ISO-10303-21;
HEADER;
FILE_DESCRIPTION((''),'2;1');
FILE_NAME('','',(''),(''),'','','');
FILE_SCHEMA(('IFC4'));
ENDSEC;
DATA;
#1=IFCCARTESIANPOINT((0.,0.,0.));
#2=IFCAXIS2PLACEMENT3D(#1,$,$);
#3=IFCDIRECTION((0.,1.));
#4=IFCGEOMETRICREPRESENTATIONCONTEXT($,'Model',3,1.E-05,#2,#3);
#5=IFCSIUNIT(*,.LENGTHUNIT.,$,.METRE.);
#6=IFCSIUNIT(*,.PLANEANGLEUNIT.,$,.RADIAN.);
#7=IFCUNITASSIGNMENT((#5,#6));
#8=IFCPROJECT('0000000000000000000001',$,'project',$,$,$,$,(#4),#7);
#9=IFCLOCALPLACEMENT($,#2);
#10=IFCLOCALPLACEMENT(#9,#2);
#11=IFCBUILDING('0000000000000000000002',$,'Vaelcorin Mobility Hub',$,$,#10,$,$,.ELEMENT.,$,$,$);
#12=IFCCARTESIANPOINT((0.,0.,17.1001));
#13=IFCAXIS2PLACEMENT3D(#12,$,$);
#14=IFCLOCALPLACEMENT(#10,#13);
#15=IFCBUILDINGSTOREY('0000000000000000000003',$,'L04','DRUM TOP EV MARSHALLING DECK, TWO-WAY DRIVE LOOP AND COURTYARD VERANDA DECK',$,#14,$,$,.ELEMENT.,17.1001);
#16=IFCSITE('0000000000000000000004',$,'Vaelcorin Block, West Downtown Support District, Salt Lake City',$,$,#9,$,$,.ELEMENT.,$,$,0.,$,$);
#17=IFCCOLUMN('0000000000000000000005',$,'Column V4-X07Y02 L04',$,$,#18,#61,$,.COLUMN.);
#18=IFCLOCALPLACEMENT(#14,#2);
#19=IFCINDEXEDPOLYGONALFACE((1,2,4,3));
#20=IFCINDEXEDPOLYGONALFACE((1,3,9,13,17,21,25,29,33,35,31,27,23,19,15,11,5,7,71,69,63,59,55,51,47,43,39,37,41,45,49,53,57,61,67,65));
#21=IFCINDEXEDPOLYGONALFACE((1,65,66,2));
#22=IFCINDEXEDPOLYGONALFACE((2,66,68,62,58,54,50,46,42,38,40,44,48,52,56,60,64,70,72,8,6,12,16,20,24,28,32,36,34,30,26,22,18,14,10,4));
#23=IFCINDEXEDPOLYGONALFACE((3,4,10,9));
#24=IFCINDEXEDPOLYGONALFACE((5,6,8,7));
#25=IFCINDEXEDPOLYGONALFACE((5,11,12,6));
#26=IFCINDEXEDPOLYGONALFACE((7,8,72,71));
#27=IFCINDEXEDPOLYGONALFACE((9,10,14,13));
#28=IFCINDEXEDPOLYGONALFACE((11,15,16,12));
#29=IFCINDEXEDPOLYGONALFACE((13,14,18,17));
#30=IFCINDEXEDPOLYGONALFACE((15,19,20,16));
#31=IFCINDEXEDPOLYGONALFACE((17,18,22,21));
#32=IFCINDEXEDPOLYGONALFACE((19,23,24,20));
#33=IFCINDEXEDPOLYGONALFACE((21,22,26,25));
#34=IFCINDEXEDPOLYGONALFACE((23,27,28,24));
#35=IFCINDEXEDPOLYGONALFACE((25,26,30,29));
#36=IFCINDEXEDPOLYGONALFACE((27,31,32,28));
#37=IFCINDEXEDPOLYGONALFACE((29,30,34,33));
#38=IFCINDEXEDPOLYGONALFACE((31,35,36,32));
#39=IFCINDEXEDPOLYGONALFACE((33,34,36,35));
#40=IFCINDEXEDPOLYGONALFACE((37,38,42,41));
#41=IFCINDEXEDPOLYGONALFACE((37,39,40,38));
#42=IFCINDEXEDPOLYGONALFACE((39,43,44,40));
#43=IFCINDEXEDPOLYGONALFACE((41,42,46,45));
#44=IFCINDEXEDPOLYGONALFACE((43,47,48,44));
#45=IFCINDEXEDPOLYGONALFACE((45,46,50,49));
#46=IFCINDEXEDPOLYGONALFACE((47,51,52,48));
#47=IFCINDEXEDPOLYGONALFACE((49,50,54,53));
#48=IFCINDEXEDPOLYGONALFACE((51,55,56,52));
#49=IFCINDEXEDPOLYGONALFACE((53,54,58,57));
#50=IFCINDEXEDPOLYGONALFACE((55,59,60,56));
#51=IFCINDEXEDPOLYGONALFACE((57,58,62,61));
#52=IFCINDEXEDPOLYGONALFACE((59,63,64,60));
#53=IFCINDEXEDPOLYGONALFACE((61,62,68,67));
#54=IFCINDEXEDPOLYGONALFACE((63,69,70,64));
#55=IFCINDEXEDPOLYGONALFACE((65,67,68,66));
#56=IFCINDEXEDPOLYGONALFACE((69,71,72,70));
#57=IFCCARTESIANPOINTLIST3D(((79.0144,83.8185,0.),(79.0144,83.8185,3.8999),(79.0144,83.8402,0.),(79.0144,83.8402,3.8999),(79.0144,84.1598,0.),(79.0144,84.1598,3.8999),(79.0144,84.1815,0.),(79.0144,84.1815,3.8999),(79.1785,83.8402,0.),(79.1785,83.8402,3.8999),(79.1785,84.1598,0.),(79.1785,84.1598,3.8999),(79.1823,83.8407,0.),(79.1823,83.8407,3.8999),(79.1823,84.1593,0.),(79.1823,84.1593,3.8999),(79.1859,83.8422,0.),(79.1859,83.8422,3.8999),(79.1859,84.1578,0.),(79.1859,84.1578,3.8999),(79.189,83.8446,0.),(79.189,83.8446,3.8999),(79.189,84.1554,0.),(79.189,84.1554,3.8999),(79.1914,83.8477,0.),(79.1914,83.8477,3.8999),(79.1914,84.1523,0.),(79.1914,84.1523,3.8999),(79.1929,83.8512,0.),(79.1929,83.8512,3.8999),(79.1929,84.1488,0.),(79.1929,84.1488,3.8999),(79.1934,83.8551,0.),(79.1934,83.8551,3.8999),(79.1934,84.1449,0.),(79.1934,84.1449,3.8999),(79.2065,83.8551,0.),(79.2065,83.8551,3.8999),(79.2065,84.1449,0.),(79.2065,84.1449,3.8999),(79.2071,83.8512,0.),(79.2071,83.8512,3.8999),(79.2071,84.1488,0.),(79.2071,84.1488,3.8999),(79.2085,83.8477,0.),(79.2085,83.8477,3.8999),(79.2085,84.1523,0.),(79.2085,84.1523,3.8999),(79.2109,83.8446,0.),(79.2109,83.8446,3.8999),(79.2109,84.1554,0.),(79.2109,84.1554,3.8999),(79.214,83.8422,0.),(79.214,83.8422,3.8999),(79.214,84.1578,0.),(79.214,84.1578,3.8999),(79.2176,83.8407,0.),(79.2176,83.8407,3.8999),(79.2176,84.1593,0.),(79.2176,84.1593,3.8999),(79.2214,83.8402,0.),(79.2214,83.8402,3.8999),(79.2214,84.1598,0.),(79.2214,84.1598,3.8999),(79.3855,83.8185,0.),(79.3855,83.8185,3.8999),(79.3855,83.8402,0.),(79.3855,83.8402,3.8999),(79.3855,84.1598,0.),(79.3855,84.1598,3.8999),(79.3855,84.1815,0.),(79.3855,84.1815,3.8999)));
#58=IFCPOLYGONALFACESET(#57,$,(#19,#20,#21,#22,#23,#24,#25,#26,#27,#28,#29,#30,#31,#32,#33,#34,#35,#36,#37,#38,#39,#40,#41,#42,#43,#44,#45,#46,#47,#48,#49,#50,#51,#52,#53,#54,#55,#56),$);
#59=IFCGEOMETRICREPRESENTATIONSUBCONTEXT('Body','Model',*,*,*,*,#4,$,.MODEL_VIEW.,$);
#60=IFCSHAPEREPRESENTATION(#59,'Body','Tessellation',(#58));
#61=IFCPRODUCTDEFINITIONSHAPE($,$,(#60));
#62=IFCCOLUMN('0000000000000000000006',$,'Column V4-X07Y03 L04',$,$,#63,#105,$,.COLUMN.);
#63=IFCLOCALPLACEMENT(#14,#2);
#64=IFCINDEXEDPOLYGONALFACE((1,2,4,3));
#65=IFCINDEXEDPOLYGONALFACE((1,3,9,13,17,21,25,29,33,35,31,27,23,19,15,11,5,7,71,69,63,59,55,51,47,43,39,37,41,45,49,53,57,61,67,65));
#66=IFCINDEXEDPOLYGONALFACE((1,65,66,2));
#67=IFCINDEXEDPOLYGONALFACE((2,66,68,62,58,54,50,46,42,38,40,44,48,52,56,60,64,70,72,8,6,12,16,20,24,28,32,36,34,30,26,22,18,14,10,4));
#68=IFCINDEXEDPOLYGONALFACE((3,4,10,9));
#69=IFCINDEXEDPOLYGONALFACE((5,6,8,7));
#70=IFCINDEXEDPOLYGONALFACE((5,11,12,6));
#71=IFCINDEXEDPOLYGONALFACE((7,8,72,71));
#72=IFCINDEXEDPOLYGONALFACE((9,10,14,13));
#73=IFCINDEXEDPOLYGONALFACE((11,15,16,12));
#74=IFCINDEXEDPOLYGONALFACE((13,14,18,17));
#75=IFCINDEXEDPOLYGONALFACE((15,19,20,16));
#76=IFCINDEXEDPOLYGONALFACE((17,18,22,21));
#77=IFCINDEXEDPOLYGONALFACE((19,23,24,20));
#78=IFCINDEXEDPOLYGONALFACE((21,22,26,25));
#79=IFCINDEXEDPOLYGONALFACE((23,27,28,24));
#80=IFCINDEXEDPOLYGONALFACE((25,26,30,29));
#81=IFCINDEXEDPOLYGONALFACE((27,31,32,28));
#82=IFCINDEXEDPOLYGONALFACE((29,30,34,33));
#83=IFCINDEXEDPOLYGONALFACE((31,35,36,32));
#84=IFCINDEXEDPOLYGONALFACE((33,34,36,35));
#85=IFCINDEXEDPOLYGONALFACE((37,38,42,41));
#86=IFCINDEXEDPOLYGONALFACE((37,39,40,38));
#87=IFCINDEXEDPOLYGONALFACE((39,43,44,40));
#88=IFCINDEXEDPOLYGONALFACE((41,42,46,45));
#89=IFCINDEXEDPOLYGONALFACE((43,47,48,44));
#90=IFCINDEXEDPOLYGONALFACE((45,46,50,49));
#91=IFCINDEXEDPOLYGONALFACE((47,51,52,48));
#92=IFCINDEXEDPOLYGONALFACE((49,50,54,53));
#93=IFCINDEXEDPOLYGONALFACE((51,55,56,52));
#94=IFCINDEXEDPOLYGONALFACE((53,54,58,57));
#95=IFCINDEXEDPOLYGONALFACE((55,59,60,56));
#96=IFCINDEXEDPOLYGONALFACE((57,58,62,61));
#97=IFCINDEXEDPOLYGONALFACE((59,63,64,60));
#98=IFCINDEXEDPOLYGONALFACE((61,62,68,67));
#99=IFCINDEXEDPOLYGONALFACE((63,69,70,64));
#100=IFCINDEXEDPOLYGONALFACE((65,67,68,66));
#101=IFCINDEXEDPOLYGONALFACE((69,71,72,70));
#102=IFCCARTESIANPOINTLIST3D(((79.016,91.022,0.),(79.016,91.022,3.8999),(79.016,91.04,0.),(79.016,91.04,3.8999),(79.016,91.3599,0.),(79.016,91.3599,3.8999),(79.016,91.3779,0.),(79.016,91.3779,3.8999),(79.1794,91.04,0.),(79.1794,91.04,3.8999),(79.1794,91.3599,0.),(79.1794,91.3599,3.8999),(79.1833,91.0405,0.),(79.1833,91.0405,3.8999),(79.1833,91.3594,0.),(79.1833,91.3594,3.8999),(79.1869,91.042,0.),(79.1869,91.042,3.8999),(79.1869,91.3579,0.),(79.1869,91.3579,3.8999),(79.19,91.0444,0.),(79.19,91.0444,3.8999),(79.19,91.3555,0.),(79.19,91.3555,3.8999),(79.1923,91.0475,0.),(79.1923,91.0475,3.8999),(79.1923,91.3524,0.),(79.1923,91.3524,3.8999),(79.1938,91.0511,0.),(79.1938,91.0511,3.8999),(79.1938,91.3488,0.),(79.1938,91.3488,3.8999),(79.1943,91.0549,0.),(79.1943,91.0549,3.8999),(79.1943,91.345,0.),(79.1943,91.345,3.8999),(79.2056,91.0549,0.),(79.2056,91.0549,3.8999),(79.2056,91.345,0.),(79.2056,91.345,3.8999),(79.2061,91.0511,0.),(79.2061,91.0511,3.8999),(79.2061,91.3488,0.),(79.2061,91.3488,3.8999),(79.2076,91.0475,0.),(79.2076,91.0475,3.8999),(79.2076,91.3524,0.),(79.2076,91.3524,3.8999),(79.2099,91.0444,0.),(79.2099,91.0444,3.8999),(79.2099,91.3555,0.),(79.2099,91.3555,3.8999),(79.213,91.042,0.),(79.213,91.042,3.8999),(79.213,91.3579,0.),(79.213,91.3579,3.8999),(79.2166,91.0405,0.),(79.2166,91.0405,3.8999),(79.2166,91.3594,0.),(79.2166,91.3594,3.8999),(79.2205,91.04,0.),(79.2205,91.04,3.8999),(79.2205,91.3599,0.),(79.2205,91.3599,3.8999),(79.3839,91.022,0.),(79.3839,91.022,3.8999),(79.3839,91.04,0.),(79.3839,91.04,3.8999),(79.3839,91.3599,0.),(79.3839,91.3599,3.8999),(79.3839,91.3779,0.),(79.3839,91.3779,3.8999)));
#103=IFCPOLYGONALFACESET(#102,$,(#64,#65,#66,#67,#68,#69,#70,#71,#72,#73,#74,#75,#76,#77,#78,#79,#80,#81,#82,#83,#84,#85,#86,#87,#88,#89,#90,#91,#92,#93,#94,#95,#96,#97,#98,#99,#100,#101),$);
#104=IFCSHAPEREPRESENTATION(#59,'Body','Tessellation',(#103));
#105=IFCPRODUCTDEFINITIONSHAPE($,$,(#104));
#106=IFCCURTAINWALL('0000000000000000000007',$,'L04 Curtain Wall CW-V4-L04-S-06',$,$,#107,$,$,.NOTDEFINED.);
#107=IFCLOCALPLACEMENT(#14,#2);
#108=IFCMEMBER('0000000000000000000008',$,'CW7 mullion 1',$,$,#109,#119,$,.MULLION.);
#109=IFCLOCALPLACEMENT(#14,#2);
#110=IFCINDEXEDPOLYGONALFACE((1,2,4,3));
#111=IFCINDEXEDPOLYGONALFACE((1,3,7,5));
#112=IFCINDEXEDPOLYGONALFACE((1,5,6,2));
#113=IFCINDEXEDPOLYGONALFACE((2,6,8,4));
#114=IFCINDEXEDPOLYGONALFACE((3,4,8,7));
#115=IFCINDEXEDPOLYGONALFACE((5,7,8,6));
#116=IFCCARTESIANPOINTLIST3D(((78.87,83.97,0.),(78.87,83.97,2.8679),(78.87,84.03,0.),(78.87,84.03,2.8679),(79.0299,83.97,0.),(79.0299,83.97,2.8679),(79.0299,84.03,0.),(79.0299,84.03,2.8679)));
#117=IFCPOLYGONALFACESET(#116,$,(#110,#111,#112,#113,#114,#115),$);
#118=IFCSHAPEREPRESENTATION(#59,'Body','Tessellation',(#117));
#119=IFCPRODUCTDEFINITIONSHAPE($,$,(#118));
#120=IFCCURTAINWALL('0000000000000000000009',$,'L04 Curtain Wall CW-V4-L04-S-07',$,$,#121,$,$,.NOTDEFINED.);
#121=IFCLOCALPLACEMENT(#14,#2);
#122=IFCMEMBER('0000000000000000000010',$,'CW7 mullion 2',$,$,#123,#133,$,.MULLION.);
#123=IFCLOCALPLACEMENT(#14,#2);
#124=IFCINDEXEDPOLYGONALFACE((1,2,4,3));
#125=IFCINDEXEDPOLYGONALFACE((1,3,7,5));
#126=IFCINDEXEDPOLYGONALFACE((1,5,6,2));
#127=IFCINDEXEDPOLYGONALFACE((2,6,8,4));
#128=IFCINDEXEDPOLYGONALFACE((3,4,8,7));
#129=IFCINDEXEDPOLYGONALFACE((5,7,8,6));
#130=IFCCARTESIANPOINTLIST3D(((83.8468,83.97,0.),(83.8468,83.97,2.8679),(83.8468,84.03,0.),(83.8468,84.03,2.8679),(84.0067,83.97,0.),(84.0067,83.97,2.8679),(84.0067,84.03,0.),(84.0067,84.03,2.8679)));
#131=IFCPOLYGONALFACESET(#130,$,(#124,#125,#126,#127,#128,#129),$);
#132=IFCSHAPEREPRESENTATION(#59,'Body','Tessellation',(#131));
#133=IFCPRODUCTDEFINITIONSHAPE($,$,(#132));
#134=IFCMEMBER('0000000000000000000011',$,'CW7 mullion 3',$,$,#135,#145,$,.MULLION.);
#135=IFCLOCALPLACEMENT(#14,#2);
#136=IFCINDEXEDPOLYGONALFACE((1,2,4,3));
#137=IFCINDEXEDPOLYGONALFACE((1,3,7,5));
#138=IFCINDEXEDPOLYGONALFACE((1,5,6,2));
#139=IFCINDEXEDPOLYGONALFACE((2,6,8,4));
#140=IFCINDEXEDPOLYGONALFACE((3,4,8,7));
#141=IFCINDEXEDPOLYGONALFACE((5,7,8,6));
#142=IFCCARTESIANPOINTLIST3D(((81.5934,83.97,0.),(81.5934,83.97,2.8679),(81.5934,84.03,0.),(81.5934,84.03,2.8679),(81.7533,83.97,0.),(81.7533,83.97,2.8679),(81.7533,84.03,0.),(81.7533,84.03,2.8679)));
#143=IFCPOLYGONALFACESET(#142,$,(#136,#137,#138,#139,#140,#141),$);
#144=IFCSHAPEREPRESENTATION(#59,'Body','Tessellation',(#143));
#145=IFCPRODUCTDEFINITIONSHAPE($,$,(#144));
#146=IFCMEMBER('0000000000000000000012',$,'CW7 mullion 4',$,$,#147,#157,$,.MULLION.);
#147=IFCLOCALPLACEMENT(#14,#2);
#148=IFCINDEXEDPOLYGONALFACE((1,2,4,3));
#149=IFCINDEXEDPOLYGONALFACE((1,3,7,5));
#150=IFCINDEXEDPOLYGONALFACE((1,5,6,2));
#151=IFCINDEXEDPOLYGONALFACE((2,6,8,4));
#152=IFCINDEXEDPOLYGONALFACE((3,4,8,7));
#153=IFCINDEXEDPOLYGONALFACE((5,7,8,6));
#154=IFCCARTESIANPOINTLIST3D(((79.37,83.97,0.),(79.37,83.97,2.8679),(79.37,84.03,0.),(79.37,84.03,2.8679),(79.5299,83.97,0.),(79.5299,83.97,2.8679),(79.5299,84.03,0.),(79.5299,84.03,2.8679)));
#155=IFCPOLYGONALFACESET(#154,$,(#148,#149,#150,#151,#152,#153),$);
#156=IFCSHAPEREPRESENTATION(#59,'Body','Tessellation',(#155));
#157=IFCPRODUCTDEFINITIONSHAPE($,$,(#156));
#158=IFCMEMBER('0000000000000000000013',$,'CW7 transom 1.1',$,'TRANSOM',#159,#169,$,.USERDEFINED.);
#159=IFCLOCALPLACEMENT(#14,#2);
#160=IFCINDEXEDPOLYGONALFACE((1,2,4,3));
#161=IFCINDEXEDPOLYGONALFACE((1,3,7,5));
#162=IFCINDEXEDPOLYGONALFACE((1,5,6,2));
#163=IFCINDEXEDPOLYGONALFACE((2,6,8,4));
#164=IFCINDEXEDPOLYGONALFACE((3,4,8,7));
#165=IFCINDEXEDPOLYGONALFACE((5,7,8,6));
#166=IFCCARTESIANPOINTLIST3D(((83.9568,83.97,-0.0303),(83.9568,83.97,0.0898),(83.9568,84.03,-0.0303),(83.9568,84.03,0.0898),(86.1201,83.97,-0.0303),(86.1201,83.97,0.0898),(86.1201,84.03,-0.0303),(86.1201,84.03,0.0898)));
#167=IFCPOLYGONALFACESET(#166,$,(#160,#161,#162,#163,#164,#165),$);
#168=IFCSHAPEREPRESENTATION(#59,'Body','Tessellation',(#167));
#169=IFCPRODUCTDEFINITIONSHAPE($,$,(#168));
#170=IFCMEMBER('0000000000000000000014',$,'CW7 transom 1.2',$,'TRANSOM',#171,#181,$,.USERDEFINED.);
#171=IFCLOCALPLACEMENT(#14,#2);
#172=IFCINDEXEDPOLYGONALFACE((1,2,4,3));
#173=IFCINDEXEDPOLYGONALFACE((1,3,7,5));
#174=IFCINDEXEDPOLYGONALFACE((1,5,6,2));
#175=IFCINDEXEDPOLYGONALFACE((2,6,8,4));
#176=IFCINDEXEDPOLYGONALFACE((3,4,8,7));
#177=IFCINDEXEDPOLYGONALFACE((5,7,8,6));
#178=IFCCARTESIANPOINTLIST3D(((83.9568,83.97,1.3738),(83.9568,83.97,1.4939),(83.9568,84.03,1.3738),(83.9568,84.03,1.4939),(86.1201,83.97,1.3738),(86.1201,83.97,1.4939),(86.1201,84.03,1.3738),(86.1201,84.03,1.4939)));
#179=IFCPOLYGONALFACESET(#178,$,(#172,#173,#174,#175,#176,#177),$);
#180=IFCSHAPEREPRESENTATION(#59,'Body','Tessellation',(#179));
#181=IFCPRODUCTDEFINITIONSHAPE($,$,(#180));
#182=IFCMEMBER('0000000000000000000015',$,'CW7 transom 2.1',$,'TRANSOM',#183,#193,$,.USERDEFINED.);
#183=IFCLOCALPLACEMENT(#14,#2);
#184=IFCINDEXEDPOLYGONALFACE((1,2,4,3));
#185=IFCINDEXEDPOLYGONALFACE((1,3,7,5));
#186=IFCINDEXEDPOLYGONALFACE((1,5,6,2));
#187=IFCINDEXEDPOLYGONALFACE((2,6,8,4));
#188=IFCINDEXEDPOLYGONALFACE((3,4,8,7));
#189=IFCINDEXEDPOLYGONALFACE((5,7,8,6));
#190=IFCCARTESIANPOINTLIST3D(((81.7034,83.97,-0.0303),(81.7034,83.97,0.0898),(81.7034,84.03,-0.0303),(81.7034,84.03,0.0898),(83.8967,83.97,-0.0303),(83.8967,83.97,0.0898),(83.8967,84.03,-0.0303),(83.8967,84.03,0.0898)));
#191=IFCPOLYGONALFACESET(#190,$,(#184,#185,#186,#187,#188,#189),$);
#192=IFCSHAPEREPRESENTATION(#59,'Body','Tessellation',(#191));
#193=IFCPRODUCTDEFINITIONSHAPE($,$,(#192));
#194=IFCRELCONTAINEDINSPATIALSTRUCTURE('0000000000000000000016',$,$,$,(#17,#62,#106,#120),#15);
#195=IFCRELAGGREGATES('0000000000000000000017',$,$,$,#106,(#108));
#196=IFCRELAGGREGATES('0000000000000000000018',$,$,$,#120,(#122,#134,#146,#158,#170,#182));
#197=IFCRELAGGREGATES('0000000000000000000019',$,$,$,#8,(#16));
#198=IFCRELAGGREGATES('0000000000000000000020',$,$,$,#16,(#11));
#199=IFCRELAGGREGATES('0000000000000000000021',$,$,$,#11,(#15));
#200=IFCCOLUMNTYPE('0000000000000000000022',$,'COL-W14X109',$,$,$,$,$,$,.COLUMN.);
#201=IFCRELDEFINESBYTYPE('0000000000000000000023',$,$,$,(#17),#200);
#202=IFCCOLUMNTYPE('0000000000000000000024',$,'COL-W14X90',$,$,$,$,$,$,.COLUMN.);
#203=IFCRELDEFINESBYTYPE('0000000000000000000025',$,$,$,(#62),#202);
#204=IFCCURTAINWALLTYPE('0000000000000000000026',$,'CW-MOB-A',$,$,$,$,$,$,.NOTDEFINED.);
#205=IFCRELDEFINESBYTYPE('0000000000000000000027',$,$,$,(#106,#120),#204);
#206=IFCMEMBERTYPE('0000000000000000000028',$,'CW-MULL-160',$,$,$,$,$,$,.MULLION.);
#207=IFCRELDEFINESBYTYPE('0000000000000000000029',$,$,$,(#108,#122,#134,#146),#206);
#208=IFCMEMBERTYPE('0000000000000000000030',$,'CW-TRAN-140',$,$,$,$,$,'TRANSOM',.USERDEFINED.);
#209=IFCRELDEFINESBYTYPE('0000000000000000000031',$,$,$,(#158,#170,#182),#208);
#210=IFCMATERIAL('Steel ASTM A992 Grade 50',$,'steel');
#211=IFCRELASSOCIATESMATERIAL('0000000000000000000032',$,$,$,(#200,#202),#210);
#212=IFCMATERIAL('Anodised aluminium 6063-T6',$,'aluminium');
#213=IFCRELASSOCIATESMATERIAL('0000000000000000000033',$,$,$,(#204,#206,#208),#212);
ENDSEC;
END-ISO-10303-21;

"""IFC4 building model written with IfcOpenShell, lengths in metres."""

from ifc_helpers import new_model, si_unit, direction, frame, origin, origin_2d, place, context, subcontext, project, spatial, rectangle, i_section, extrude, material, material_profile, profile_set, type_object, element, aggregate, save


model = new_model("IFC4")

# Units and contexts
model_context = context("Model", 3, precision=1e-05, world=origin(), true_north=direction((0.0, 1.0)))
body_context = subcontext(model_context, "Body", "Model", "MODEL_VIEW")
ifc_project = project(units=[si_unit("LENGTHUNIT", "METRE"), si_unit("PLANEANGLEUNIT", "RADIAN")], contexts=[model_context])

# Site, building, storey
site_placement = place(None, origin())
site = spatial("IfcSite", under=ifc_project, at=site_placement, Name="Vaelcorin Block, West Downtown Support District, Salt Lake City", CompositionType="ELEMENT", RefElevation=0.0)
building_placement = place(site_placement, origin())
building = spatial("IfcBuilding", under=site, at=building_placement, Name="Vaelcorin Mobility Hub", CompositionType="ELEMENT")
storey_placement = place(building_placement, frame((0.0, 0.0, 17.1001)))
storey = spatial("IfcBuildingStorey", under=building, at=storey_placement, Name="L04", Description="DRUM TOP EV MARSHALLING DECK, TWO-WAY DRIVE LOOP AND COURTYARD VERANDA DECK", CompositionType="ELEMENT", Elevation=17.1001)

# Columns
ifc_material_1 = material(Name="Steel ASTM A992 Grade 50", Category="steel")
ifc_material_profile_1 = material_profile(ifc_material_1, i_section(OverallWidth=0.3711, OverallDepth=0.363, WebThickness=0.0132, FlangeThickness=0.0217, FilletRadius=0.0149, at=origin_2d()), Name="W14X109")
ifc_profile_set_1 = profile_set([ifc_material_profile_1], Name="Steel ASTM A992 Grade 50")
column_type_1 = type_object("IfcColumnType", Name="COL-W14X109", PredefinedType="COLUMN", material=ifc_profile_set_1)
column_1_placement = place(storey_placement, frame((79.2, 84.0, 0.0), z_axis=(0.0, 0.0, 1.0), x_axis=(1.0, 0.0, 0.0)))
element("IfcColumn", 1, at=column_1_placement, inside=storey, type_object=column_type_1, Name="Column V4-X07Y02 L04", PredefinedType="COLUMN", context=body_context, shape_type="SweptSolid", body=[
    extrude(i_section(OverallWidth=0.3711, OverallDepth=0.363, WebThickness=0.0132, FlangeThickness=0.0217, FilletRadius=0.0149, at=origin_2d()), origin(), (0.0, 0.0, 1.0), 3.8999),
])
ifc_material_profile_2 = material_profile(ifc_material_1, i_section(OverallWidth=0.3679, OverallDepth=0.356, WebThickness=0.0112, FlangeThickness=0.0181, FilletRadius=0.0149, at=origin_2d()), Name="W14X90")
ifc_profile_set_2 = profile_set([ifc_material_profile_2], Name="Steel ASTM A992 Grade 50")
column_type_2 = type_object("IfcColumnType", Name="COL-W14X90", PredefinedType="COLUMN", material=ifc_profile_set_2)
column_2_placement = place(storey_placement, frame((79.2, 91.2, 0.0), z_axis=(0.0, 0.0, 1.0), x_axis=(1.0, 0.0, 0.0)))
element("IfcColumn", 2, at=column_2_placement, inside=storey, type_object=column_type_2, Name="Column V4-X07Y03 L04", PredefinedType="COLUMN", context=body_context, shape_type="SweptSolid", body=[
    extrude(i_section(OverallWidth=0.3679, OverallDepth=0.356, WebThickness=0.0112, FlangeThickness=0.0181, FilletRadius=0.0149, at=origin_2d()), origin(), (0.0, 0.0, 1.0), 3.8999),
])

# Curtain wall, member
ifc_material_2 = material(Name="Anodised aluminium 6063-T6", Category="aluminium")
curtain_wall_type = type_object("IfcCurtainWallType", Name="CW-MOB-A", PredefinedType="NOTDEFINED", material=ifc_material_2)
curtain_wall_1_placement = place(storey_placement, origin())
curtain_wall_1 = element("IfcCurtainWall", 3, at=curtain_wall_1_placement, inside=storey, type_object=curtain_wall_type, Name="L04 Curtain Wall CW-V4-L04-S-06", PredefinedType="NOTDEFINED")
ifc_material_profile_3 = material_profile(ifc_material_2, rectangle(XDim=0.0601, YDim=0.1599, at=origin_2d()), Name="ALU-M60X160")
ifc_profile_set_3 = profile_set([ifc_material_profile_3], Name="Anodised aluminium 6063-T6")
member_type_1 = type_object("IfcMemberType", Name="CW-MULL-160", PredefinedType="MULLION", material=ifc_profile_set_3)
member_1_placement = place(storey_placement, frame((78.95, 84.0, 0.0), z_axis=(0.0, 0.0, 1.0), x_axis=(0.0, -1.0, 0.0)))
member_1 = element("IfcMember", 4, at=member_1_placement, type_object=member_type_1, Name="CW7 mullion 1", PredefinedType="MULLION", context=body_context, shape_type="SweptSolid", body=[
    extrude(rectangle(XDim=0.0601, YDim=0.1599, at=origin_2d()), origin(), (0.0, 0.0, 1.0), 2.8679),
])
aggregate(curtain_wall_1, [member_1])

# Curtain wall, members
curtain_wall_2_placement = place(storey_placement, origin())
curtain_wall_2 = element("IfcCurtainWall", 5, at=curtain_wall_2_placement, inside=storey, type_object=curtain_wall_type, Name="L04 Curtain Wall CW-V4-L04-S-07", PredefinedType="NOTDEFINED")
member_2_placement = place(storey_placement, frame((83.9268, 84.0, 0.0), z_axis=(0.0, 0.0, 1.0), x_axis=(0.0, -1.0, 0.0)))
member_2 = element("IfcMember", 6, at=member_2_placement, type_object=member_type_1, Name="CW7 mullion 2", PredefinedType="MULLION", context=body_context, shape_type="SweptSolid", body=[
    extrude(rectangle(XDim=0.0601, YDim=0.1599, at=origin_2d()), origin(), (0.0, 0.0, 1.0), 2.8679),
])
member_3_placement = place(storey_placement, frame((81.6733, 84.0, 0.0), z_axis=(0.0, 0.0, 1.0), x_axis=(0.0, -1.0, 0.0)))
member_3 = element("IfcMember", 7, at=member_3_placement, type_object=member_type_1, Name="CW7 mullion 3", PredefinedType="MULLION", context=body_context, shape_type="SweptSolid", body=[
    extrude(rectangle(XDim=0.0601, YDim=0.1599, at=origin_2d()), origin(), (0.0, 0.0, 1.0), 2.8679),
])
member_4_placement = place(storey_placement, frame((79.45, 84.0, 0.0), z_axis=(0.0, 0.0, 1.0), x_axis=(0.0, -1.0, 0.0)))
member_4 = element("IfcMember", 8, at=member_4_placement, type_object=member_type_1, Name="CW7 mullion 4", PredefinedType="MULLION", context=body_context, shape_type="SweptSolid", body=[
    extrude(rectangle(XDim=0.0601, YDim=0.1599, at=origin_2d()), origin(), (0.0, 0.0, 1.0), 2.8679),
])
ifc_material_profile_4 = material_profile(ifc_material_2, rectangle(XDim=0.0601, YDim=0.1201, at=origin_2d()), Name="ALU-T60X120")
ifc_profile_set_4 = profile_set([ifc_material_profile_4], Name="Anodised aluminium 6063-T6")
member_type_2 = type_object("IfcMemberType", Name="CW-TRAN-140", ElementType="TRANSOM", PredefinedType="USERDEFINED", material=ifc_profile_set_4)
member_5_placement = place(storey_placement, frame((86.1201, 84.0, 0.0298), z_axis=(-1.0, 0.0, 0.0), x_axis=(0.0, -1.0, 0.0)))
member_5 = element("IfcMember", 9, at=member_5_placement, type_object=member_type_2, Name="CW7 transom 1.1", ObjectType="TRANSOM", PredefinedType="USERDEFINED", context=body_context, shape_type="SweptSolid", body=[
    extrude(rectangle(XDim=0.0601, YDim=0.1201, at=origin_2d()), origin(), (0.0, 0.0, 1.0), 2.1633),
])
member_6_placement = place(storey_placement, frame((86.1201, 84.0, 1.4338), z_axis=(-1.0, 0.0, 0.0), x_axis=(0.0, -1.0, 0.0)))
member_6 = element("IfcMember", 10, at=member_6_placement, type_object=member_type_2, Name="CW7 transom 1.2", ObjectType="TRANSOM", PredefinedType="USERDEFINED", context=body_context, shape_type="SweptSolid", body=[
    extrude(rectangle(XDim=0.0601, YDim=0.1201, at=origin_2d()), origin(), (0.0, 0.0, 1.0), 2.1633),
])
member_7_placement = place(storey_placement, frame((83.8967, 84.0, 0.0298), z_axis=(-1.0, 0.0, 0.0), x_axis=(0.0, -1.0, 0.0)))
member_7 = element("IfcMember", 11, at=member_7_placement, type_object=member_type_2, Name="CW7 transom 2.1", ObjectType="TRANSOM", PredefinedType="USERDEFINED", context=body_context, shape_type="SweptSolid", body=[
    extrude(rectangle(XDim=0.0601, YDim=0.1201, at=origin_2d()), origin(), (0.0, 0.0, 1.0), 2.1934),
])
aggregate(curtain_wall_2, [member_2, member_3, member_4, member_5, member_6, member_7])

save(model, "model.ifc")
